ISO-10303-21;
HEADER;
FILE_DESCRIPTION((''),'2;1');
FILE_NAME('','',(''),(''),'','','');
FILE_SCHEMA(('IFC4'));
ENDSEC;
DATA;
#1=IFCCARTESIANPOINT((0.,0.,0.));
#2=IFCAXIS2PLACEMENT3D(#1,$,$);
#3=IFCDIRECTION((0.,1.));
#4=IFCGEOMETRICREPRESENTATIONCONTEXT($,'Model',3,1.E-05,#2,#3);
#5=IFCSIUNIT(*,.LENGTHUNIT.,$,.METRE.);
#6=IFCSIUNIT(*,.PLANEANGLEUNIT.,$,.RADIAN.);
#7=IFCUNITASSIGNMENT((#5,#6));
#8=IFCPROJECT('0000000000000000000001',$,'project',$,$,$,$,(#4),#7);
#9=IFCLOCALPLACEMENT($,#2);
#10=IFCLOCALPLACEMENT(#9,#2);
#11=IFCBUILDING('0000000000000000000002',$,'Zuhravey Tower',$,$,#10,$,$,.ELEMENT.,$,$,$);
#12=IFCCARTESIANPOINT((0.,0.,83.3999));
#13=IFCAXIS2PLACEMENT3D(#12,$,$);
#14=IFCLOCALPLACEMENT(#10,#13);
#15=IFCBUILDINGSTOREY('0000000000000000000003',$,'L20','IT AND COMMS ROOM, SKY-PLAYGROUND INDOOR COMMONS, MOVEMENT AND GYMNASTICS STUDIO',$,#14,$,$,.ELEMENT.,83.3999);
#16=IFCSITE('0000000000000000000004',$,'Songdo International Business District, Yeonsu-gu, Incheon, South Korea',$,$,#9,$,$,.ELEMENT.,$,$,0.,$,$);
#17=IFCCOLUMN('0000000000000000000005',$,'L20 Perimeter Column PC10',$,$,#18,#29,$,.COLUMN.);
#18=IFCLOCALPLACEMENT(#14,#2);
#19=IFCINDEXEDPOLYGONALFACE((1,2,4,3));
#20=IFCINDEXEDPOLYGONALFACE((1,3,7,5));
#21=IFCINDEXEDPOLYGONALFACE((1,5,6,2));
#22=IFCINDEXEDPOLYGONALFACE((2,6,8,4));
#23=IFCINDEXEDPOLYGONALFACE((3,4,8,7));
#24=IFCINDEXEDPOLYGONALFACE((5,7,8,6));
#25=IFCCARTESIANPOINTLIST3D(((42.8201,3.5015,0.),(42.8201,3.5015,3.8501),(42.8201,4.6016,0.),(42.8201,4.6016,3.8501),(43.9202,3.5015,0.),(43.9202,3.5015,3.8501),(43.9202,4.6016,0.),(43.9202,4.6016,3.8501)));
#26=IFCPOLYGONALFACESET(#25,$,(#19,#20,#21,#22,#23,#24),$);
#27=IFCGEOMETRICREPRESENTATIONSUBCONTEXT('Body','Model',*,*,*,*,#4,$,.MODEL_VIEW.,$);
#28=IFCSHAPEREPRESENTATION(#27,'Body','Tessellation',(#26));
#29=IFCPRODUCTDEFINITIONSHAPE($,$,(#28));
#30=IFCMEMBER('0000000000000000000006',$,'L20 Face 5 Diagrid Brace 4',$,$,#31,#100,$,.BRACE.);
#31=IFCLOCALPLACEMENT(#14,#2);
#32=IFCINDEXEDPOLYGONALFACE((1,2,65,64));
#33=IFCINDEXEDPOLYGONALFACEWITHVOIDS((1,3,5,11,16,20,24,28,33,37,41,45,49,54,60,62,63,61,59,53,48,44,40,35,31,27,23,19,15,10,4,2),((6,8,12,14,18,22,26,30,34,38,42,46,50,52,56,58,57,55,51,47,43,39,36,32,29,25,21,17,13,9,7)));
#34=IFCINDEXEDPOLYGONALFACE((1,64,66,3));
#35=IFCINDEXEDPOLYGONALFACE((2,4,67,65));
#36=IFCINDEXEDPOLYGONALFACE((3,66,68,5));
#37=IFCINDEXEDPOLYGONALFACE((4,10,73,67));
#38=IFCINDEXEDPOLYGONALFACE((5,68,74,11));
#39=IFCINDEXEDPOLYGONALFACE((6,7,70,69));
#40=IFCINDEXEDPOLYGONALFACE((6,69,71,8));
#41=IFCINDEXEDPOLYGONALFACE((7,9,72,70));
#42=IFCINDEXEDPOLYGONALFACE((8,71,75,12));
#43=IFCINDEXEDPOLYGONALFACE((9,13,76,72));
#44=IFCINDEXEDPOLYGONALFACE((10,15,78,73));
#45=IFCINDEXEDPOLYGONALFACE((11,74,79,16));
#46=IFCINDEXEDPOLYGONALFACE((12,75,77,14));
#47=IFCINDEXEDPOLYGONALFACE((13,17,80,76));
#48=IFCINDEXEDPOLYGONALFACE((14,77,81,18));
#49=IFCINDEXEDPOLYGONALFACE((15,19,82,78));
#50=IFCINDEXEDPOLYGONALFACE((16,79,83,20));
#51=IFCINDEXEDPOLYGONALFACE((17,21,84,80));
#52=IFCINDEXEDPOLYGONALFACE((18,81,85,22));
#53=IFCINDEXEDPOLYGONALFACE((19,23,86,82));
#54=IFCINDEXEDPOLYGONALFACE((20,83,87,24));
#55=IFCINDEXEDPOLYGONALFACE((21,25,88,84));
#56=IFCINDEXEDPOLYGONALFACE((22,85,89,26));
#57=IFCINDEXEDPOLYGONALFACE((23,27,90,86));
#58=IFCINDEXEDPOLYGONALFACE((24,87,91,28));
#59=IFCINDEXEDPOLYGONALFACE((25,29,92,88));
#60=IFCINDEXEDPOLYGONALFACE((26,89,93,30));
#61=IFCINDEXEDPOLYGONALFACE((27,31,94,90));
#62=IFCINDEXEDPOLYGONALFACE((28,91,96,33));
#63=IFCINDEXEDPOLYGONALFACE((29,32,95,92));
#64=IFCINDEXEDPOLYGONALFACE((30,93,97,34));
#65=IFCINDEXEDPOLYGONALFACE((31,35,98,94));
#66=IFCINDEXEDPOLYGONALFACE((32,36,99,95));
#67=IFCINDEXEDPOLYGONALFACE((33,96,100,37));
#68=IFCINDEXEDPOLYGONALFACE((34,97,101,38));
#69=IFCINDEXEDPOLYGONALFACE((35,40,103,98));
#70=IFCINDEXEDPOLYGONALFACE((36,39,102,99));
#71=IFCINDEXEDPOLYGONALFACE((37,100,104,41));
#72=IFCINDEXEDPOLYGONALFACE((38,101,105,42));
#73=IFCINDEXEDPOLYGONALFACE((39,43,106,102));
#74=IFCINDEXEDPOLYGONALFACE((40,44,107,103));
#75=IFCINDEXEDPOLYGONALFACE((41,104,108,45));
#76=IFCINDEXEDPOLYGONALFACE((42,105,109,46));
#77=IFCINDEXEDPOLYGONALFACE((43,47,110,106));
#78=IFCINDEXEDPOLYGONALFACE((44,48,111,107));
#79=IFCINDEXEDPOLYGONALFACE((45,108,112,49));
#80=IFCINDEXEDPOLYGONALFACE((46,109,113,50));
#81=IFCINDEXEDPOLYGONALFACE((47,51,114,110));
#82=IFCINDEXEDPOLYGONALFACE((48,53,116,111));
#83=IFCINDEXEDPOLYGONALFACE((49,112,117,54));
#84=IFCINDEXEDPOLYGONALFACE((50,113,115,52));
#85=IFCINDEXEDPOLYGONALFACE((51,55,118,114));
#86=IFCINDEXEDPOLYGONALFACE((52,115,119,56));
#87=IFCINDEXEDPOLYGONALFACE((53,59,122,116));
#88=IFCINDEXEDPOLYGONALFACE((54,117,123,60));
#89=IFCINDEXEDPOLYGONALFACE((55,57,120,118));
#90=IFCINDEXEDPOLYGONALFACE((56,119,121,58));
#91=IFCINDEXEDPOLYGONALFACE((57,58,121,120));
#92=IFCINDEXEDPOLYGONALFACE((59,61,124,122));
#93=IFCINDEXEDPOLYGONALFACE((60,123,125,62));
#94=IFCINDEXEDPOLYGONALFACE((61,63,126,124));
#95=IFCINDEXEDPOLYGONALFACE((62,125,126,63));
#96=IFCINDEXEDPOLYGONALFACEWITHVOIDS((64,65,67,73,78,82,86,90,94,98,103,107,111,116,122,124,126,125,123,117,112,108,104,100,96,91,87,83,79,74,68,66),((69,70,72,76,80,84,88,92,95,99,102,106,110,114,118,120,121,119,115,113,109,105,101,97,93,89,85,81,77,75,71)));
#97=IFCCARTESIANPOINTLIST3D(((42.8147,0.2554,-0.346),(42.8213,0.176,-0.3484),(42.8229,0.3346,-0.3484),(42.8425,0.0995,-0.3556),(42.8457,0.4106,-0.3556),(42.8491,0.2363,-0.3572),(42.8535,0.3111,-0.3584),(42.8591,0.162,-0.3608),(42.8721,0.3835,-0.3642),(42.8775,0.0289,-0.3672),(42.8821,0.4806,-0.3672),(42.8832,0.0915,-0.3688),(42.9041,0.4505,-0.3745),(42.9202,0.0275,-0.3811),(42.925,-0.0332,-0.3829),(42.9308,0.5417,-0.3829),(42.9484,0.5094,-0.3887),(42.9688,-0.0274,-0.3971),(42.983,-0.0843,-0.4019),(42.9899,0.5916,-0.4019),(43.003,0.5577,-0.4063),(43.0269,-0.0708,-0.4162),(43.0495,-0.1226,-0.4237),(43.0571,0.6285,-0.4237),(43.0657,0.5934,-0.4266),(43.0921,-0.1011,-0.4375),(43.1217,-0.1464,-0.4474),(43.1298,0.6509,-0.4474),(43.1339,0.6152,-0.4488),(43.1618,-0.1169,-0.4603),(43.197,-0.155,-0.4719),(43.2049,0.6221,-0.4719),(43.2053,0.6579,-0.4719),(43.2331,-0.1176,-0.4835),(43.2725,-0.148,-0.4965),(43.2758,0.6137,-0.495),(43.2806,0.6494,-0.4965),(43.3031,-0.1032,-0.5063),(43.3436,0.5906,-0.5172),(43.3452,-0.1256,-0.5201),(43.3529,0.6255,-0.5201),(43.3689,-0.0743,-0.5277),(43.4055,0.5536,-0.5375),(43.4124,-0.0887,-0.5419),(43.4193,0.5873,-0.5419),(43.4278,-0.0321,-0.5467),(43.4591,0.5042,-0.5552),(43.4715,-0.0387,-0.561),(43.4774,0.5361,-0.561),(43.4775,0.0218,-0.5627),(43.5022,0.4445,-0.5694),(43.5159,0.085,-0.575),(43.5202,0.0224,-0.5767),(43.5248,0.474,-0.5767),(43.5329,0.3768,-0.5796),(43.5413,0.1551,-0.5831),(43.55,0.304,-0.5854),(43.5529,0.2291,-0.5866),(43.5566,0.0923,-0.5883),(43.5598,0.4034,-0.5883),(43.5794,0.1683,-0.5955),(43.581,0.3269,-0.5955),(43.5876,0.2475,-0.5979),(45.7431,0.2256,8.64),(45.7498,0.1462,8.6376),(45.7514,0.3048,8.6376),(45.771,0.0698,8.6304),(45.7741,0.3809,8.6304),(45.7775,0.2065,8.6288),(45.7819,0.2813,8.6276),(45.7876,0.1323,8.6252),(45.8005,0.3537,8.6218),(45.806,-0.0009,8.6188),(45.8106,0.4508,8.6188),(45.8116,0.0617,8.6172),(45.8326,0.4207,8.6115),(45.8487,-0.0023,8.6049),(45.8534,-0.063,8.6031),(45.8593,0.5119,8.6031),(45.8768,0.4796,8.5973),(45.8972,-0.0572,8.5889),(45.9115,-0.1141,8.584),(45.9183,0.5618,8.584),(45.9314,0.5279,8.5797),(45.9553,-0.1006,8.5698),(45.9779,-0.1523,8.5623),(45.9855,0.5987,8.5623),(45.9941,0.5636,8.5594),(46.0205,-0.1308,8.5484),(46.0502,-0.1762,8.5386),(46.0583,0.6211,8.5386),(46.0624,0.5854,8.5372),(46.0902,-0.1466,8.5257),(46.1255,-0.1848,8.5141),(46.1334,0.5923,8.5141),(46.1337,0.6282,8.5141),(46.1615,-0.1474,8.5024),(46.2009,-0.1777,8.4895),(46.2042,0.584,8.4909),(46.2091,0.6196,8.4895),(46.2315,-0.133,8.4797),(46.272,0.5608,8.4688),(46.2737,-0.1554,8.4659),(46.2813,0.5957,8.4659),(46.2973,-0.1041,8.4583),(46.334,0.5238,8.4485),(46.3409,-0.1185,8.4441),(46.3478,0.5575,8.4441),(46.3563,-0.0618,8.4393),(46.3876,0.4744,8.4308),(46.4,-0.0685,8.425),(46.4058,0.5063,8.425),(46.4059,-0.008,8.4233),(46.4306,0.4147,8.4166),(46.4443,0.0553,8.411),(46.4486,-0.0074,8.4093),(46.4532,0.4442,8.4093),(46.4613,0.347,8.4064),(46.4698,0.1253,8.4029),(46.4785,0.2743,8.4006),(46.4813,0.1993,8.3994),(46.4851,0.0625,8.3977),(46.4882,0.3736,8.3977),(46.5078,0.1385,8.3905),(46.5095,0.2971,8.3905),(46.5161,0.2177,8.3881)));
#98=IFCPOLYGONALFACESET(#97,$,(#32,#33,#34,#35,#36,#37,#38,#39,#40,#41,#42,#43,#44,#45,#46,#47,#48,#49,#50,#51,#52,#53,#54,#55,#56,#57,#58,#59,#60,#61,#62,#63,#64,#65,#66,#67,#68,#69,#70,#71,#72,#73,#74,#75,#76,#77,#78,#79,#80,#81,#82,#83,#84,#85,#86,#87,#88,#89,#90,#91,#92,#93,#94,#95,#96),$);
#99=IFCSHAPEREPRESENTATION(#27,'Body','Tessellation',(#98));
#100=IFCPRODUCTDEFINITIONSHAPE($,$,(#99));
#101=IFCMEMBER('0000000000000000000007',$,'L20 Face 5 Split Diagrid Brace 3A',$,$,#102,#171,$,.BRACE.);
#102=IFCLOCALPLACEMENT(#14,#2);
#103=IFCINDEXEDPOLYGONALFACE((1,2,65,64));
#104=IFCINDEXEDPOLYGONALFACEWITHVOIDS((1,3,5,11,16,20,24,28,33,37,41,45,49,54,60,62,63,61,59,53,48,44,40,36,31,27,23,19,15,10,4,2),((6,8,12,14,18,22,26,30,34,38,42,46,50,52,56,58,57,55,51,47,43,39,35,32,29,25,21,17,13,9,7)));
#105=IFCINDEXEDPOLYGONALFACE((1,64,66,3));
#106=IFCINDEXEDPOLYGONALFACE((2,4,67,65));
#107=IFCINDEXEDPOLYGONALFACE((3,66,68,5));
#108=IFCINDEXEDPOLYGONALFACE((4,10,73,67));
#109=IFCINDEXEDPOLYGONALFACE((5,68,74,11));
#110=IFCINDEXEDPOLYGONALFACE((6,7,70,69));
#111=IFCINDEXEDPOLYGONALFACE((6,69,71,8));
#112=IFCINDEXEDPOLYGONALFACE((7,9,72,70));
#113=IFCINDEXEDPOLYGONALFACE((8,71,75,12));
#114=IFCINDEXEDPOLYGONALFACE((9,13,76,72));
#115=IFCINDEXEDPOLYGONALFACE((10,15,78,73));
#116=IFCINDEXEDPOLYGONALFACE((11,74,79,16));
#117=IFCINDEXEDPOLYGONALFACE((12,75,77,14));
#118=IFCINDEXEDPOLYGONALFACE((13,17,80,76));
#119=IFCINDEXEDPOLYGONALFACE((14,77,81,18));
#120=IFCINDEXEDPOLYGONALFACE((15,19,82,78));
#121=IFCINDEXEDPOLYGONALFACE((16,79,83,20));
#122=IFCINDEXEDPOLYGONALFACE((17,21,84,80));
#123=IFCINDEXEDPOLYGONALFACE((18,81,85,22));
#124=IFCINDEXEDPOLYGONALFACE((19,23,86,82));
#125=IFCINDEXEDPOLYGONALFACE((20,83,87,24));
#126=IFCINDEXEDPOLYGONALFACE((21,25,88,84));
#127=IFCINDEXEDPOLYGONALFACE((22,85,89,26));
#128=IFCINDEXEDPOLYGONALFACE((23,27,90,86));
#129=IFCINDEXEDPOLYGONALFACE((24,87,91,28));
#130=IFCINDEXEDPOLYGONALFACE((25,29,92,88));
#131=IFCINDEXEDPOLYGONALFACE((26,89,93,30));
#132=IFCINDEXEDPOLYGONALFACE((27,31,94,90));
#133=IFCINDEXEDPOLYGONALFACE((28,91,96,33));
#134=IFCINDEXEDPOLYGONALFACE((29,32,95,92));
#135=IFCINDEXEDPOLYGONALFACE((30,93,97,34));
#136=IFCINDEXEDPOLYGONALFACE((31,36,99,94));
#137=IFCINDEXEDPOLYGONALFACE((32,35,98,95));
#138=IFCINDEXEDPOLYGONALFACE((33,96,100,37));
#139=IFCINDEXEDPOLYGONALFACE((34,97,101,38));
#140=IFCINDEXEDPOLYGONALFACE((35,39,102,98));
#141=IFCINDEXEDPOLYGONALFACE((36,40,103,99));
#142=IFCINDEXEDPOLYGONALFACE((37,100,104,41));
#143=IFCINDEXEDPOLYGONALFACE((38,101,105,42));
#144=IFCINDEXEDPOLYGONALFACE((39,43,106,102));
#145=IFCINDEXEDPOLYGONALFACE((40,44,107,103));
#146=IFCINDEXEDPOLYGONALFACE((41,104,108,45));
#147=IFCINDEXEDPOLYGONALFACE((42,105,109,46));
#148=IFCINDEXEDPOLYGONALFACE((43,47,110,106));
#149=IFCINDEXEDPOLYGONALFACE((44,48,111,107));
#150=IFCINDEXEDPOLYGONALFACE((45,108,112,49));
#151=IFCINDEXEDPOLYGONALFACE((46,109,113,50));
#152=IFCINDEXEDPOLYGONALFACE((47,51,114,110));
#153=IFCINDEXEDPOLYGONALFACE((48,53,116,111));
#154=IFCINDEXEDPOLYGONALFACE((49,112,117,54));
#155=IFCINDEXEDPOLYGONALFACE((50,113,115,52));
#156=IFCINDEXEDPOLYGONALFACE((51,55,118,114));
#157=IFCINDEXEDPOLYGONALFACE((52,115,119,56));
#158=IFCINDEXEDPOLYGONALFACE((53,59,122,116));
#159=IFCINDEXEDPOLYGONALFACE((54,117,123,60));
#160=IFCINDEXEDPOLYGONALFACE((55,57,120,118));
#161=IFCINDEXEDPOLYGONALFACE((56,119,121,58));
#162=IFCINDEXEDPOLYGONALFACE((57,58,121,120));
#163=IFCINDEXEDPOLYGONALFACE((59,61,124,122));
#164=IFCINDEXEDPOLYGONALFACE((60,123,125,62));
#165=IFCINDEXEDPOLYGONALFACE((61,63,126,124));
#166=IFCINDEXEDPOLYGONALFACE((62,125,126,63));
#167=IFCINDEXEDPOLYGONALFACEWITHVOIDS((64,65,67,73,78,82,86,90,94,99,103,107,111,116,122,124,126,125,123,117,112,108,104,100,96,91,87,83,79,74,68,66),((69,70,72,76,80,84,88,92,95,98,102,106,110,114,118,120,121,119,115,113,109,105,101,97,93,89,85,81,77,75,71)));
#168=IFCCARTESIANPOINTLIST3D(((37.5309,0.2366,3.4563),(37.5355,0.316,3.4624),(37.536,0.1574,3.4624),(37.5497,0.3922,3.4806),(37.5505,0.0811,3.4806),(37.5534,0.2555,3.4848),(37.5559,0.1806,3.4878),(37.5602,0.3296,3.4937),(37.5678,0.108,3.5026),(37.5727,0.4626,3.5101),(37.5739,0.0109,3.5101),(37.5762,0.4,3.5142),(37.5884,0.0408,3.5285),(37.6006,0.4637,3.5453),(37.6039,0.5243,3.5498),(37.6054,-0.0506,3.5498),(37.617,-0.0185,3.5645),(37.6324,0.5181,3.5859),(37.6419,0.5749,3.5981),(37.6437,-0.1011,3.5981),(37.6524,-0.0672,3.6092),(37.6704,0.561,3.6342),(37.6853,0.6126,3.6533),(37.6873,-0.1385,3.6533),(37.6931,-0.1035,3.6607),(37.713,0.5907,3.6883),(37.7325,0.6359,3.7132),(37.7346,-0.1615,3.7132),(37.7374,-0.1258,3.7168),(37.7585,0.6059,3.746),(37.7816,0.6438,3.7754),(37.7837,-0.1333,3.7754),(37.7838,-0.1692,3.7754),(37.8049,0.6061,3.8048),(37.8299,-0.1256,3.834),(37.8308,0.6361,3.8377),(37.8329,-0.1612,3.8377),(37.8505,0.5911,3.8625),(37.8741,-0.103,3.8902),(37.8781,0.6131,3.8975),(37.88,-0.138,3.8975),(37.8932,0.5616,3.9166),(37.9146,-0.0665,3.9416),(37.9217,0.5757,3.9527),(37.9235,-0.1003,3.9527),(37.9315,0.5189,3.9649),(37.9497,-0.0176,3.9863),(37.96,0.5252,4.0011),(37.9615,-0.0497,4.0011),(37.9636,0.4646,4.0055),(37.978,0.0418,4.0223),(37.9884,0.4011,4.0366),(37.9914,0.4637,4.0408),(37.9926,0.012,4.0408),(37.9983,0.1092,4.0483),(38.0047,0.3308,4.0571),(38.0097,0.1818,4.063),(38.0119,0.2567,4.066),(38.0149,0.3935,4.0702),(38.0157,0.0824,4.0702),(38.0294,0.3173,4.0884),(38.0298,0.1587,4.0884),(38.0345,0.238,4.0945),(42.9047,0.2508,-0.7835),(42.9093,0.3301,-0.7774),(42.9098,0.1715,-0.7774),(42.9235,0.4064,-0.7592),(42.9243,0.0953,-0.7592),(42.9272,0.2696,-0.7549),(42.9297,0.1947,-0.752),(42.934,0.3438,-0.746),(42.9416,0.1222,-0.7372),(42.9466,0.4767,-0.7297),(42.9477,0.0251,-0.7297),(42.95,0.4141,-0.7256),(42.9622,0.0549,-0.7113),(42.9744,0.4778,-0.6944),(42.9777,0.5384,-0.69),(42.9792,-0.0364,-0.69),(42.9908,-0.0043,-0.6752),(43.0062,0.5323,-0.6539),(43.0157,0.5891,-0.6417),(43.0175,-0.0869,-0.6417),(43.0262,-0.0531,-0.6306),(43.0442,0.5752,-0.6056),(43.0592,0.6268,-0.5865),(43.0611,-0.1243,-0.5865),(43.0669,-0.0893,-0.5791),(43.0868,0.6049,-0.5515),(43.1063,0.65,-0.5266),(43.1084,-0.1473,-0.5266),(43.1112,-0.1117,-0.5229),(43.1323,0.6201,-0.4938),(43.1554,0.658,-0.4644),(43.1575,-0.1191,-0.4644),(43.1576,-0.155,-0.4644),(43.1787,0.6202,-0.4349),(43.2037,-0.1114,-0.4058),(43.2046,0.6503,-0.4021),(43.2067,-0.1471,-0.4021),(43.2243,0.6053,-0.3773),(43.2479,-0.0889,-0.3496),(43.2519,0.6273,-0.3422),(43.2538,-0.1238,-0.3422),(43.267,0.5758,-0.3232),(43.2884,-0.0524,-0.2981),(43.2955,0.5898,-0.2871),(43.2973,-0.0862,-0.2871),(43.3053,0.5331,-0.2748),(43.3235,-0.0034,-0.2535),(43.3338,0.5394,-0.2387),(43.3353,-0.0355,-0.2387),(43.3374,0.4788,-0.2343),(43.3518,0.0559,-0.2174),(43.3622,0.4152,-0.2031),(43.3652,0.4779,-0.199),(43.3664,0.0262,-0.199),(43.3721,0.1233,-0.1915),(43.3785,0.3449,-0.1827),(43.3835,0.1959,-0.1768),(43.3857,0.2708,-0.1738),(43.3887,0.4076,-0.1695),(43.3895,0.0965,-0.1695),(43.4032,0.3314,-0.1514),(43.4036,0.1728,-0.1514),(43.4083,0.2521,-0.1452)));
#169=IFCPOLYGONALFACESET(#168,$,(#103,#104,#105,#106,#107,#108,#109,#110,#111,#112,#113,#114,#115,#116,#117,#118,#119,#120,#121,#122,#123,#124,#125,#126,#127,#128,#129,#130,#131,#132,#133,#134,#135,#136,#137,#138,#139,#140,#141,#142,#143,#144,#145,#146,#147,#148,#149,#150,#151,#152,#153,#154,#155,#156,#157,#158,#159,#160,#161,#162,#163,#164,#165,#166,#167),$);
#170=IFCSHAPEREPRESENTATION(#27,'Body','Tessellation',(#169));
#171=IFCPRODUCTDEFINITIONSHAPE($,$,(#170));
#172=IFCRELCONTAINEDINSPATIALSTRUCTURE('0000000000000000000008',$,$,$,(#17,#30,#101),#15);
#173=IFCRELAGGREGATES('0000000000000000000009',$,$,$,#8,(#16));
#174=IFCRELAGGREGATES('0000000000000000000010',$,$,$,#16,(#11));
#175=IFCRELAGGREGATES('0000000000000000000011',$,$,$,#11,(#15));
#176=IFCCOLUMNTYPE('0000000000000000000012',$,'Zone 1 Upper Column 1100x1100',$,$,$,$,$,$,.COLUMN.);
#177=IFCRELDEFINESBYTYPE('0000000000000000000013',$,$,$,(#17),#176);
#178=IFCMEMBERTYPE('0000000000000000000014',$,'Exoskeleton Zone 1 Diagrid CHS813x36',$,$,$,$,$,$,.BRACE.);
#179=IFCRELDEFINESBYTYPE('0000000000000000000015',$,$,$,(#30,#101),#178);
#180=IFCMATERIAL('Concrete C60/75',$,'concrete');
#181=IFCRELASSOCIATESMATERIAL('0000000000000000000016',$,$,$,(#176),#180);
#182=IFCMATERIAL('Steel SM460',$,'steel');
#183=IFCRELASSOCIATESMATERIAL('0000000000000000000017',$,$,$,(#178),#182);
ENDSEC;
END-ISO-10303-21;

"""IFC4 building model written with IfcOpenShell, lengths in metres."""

from ifc_helpers import new_model, si_unit, direction, frame, origin, origin_2d, place, context, subcontext, project, spatial, rectangle, hollow_circle, extrude, material, material_profile, profile_set, type_object, element, save


model = new_model("IFC4")

# Units and contexts
model_context = context("Model", 3, precision=1e-05, world=origin(), true_north=direction((0.0, 1.0)))
body_context = subcontext(model_context, "Body", "Model", "MODEL_VIEW")
ifc_project = project(units=[si_unit("LENGTHUNIT", "METRE"), si_unit("PLANEANGLEUNIT", "RADIAN")], contexts=[model_context])

# Site, building, storey
site_placement = place(None, origin())
site = spatial("IfcSite", under=ifc_project, at=site_placement, Name="Songdo International Business District, Yeonsu-gu, Incheon, South Korea", CompositionType="ELEMENT", RefElevation=0.0)
building_placement = place(site_placement, origin())
building = spatial("IfcBuilding", under=site, at=building_placement, Name="Zuhravey Tower", CompositionType="ELEMENT")
storey_placement = place(building_placement, frame((0.0, 0.0, 83.3999)))
storey = spatial("IfcBuildingStorey", under=building, at=storey_placement, Name="L20", Description="IT AND COMMS ROOM, SKY-PLAYGROUND INDOOR COMMONS, MOVEMENT AND GYMNASTICS STUDIO", CompositionType="ELEMENT", Elevation=83.3999)

# Column
ifc_material_1 = material(Name="Concrete C60/75", Category="concrete")
ifc_material_profile_1 = material_profile(ifc_material_1, rectangle(XDim=1.1001, YDim=1.1001, at=origin_2d()), Name="RC-1100x1100")
ifc_profile_set_1 = profile_set([ifc_material_profile_1], Name="Concrete C60/75")
column_type = type_object("IfcColumnType", Name="Zone 1 Upper Column 1100x1100", PredefinedType="COLUMN", material=ifc_profile_set_1)
column_placement = place(storey_placement, frame((43.3701, 4.0515, 0.0), z_axis=(0.0, 0.0, 1.0), x_axis=(1.0, 0.0, 0.0)))
element("IfcColumn", 1, at=column_placement, inside=storey, type_object=column_type, Name="L20 Perimeter Column PC10", PredefinedType="COLUMN", context=body_context, shape_type="SweptSolid", body=[
    extrude(rectangle(XDim=1.1001, YDim=1.1001, at=origin_2d()), origin(), (0.0, 0.0, 1.0), 3.8501),
])

# Members
ifc_material_2 = material(Name="Steel SM460", Category="steel")
ifc_material_profile_2 = material_profile(ifc_material_2, hollow_circle(Radius=0.4065, WallThickness=0.0359, at=origin_2d()), Name="CHS-812.8x36")
ifc_profile_set_2 = profile_set([ifc_material_profile_2], Name="Steel SM460")
member_type_1 = type_object("IfcMemberType", Name="Exoskeleton Zone 1 Diagrid CHS813x36", PredefinedType="BRACE", material=ifc_profile_set_2)
member_1_placement = place(storey_placement, frame((43.2012, 0.2515, -0.4719), z_axis=(0.309849, -0.003151, 0.950781), x_axis=(0.01017, 0.999948, 0.0)))
element("IfcMember", 2, at=member_1_placement, inside=storey, type_object=member_type_1, Name="L20 Face 5 Diagrid Brace 4", PredefinedType="BRACE", context=body_context, shape_type="SweptSolid", body=[
    extrude(hollow_circle(Radius=0.4065, WallThickness=0.0359, at=origin_2d()), origin(), (0.0, 0.0, 1.0), 9.4512),
])
member_2_placement = place(storey_placement, frame((43.1565, 0.2515, -0.4644), z_axis=(-0.785074, -0.002069, 0.619399), x_axis=(0.002635, -0.999997, 0.0)))
element("IfcMember", 3, at=member_2_placement, inside=storey, type_object=member_type_1, Name="L20 Face 5 Split Diagrid Brace 3A", PredefinedType="BRACE", context=body_context, shape_type="SweptSolid", body=[
    extrude(hollow_circle(Radius=0.4065, WallThickness=0.0359, at=origin_2d()), origin(), (0.0, 0.0, 1.0), 6.845),
])

save(model, "model.ifc")
